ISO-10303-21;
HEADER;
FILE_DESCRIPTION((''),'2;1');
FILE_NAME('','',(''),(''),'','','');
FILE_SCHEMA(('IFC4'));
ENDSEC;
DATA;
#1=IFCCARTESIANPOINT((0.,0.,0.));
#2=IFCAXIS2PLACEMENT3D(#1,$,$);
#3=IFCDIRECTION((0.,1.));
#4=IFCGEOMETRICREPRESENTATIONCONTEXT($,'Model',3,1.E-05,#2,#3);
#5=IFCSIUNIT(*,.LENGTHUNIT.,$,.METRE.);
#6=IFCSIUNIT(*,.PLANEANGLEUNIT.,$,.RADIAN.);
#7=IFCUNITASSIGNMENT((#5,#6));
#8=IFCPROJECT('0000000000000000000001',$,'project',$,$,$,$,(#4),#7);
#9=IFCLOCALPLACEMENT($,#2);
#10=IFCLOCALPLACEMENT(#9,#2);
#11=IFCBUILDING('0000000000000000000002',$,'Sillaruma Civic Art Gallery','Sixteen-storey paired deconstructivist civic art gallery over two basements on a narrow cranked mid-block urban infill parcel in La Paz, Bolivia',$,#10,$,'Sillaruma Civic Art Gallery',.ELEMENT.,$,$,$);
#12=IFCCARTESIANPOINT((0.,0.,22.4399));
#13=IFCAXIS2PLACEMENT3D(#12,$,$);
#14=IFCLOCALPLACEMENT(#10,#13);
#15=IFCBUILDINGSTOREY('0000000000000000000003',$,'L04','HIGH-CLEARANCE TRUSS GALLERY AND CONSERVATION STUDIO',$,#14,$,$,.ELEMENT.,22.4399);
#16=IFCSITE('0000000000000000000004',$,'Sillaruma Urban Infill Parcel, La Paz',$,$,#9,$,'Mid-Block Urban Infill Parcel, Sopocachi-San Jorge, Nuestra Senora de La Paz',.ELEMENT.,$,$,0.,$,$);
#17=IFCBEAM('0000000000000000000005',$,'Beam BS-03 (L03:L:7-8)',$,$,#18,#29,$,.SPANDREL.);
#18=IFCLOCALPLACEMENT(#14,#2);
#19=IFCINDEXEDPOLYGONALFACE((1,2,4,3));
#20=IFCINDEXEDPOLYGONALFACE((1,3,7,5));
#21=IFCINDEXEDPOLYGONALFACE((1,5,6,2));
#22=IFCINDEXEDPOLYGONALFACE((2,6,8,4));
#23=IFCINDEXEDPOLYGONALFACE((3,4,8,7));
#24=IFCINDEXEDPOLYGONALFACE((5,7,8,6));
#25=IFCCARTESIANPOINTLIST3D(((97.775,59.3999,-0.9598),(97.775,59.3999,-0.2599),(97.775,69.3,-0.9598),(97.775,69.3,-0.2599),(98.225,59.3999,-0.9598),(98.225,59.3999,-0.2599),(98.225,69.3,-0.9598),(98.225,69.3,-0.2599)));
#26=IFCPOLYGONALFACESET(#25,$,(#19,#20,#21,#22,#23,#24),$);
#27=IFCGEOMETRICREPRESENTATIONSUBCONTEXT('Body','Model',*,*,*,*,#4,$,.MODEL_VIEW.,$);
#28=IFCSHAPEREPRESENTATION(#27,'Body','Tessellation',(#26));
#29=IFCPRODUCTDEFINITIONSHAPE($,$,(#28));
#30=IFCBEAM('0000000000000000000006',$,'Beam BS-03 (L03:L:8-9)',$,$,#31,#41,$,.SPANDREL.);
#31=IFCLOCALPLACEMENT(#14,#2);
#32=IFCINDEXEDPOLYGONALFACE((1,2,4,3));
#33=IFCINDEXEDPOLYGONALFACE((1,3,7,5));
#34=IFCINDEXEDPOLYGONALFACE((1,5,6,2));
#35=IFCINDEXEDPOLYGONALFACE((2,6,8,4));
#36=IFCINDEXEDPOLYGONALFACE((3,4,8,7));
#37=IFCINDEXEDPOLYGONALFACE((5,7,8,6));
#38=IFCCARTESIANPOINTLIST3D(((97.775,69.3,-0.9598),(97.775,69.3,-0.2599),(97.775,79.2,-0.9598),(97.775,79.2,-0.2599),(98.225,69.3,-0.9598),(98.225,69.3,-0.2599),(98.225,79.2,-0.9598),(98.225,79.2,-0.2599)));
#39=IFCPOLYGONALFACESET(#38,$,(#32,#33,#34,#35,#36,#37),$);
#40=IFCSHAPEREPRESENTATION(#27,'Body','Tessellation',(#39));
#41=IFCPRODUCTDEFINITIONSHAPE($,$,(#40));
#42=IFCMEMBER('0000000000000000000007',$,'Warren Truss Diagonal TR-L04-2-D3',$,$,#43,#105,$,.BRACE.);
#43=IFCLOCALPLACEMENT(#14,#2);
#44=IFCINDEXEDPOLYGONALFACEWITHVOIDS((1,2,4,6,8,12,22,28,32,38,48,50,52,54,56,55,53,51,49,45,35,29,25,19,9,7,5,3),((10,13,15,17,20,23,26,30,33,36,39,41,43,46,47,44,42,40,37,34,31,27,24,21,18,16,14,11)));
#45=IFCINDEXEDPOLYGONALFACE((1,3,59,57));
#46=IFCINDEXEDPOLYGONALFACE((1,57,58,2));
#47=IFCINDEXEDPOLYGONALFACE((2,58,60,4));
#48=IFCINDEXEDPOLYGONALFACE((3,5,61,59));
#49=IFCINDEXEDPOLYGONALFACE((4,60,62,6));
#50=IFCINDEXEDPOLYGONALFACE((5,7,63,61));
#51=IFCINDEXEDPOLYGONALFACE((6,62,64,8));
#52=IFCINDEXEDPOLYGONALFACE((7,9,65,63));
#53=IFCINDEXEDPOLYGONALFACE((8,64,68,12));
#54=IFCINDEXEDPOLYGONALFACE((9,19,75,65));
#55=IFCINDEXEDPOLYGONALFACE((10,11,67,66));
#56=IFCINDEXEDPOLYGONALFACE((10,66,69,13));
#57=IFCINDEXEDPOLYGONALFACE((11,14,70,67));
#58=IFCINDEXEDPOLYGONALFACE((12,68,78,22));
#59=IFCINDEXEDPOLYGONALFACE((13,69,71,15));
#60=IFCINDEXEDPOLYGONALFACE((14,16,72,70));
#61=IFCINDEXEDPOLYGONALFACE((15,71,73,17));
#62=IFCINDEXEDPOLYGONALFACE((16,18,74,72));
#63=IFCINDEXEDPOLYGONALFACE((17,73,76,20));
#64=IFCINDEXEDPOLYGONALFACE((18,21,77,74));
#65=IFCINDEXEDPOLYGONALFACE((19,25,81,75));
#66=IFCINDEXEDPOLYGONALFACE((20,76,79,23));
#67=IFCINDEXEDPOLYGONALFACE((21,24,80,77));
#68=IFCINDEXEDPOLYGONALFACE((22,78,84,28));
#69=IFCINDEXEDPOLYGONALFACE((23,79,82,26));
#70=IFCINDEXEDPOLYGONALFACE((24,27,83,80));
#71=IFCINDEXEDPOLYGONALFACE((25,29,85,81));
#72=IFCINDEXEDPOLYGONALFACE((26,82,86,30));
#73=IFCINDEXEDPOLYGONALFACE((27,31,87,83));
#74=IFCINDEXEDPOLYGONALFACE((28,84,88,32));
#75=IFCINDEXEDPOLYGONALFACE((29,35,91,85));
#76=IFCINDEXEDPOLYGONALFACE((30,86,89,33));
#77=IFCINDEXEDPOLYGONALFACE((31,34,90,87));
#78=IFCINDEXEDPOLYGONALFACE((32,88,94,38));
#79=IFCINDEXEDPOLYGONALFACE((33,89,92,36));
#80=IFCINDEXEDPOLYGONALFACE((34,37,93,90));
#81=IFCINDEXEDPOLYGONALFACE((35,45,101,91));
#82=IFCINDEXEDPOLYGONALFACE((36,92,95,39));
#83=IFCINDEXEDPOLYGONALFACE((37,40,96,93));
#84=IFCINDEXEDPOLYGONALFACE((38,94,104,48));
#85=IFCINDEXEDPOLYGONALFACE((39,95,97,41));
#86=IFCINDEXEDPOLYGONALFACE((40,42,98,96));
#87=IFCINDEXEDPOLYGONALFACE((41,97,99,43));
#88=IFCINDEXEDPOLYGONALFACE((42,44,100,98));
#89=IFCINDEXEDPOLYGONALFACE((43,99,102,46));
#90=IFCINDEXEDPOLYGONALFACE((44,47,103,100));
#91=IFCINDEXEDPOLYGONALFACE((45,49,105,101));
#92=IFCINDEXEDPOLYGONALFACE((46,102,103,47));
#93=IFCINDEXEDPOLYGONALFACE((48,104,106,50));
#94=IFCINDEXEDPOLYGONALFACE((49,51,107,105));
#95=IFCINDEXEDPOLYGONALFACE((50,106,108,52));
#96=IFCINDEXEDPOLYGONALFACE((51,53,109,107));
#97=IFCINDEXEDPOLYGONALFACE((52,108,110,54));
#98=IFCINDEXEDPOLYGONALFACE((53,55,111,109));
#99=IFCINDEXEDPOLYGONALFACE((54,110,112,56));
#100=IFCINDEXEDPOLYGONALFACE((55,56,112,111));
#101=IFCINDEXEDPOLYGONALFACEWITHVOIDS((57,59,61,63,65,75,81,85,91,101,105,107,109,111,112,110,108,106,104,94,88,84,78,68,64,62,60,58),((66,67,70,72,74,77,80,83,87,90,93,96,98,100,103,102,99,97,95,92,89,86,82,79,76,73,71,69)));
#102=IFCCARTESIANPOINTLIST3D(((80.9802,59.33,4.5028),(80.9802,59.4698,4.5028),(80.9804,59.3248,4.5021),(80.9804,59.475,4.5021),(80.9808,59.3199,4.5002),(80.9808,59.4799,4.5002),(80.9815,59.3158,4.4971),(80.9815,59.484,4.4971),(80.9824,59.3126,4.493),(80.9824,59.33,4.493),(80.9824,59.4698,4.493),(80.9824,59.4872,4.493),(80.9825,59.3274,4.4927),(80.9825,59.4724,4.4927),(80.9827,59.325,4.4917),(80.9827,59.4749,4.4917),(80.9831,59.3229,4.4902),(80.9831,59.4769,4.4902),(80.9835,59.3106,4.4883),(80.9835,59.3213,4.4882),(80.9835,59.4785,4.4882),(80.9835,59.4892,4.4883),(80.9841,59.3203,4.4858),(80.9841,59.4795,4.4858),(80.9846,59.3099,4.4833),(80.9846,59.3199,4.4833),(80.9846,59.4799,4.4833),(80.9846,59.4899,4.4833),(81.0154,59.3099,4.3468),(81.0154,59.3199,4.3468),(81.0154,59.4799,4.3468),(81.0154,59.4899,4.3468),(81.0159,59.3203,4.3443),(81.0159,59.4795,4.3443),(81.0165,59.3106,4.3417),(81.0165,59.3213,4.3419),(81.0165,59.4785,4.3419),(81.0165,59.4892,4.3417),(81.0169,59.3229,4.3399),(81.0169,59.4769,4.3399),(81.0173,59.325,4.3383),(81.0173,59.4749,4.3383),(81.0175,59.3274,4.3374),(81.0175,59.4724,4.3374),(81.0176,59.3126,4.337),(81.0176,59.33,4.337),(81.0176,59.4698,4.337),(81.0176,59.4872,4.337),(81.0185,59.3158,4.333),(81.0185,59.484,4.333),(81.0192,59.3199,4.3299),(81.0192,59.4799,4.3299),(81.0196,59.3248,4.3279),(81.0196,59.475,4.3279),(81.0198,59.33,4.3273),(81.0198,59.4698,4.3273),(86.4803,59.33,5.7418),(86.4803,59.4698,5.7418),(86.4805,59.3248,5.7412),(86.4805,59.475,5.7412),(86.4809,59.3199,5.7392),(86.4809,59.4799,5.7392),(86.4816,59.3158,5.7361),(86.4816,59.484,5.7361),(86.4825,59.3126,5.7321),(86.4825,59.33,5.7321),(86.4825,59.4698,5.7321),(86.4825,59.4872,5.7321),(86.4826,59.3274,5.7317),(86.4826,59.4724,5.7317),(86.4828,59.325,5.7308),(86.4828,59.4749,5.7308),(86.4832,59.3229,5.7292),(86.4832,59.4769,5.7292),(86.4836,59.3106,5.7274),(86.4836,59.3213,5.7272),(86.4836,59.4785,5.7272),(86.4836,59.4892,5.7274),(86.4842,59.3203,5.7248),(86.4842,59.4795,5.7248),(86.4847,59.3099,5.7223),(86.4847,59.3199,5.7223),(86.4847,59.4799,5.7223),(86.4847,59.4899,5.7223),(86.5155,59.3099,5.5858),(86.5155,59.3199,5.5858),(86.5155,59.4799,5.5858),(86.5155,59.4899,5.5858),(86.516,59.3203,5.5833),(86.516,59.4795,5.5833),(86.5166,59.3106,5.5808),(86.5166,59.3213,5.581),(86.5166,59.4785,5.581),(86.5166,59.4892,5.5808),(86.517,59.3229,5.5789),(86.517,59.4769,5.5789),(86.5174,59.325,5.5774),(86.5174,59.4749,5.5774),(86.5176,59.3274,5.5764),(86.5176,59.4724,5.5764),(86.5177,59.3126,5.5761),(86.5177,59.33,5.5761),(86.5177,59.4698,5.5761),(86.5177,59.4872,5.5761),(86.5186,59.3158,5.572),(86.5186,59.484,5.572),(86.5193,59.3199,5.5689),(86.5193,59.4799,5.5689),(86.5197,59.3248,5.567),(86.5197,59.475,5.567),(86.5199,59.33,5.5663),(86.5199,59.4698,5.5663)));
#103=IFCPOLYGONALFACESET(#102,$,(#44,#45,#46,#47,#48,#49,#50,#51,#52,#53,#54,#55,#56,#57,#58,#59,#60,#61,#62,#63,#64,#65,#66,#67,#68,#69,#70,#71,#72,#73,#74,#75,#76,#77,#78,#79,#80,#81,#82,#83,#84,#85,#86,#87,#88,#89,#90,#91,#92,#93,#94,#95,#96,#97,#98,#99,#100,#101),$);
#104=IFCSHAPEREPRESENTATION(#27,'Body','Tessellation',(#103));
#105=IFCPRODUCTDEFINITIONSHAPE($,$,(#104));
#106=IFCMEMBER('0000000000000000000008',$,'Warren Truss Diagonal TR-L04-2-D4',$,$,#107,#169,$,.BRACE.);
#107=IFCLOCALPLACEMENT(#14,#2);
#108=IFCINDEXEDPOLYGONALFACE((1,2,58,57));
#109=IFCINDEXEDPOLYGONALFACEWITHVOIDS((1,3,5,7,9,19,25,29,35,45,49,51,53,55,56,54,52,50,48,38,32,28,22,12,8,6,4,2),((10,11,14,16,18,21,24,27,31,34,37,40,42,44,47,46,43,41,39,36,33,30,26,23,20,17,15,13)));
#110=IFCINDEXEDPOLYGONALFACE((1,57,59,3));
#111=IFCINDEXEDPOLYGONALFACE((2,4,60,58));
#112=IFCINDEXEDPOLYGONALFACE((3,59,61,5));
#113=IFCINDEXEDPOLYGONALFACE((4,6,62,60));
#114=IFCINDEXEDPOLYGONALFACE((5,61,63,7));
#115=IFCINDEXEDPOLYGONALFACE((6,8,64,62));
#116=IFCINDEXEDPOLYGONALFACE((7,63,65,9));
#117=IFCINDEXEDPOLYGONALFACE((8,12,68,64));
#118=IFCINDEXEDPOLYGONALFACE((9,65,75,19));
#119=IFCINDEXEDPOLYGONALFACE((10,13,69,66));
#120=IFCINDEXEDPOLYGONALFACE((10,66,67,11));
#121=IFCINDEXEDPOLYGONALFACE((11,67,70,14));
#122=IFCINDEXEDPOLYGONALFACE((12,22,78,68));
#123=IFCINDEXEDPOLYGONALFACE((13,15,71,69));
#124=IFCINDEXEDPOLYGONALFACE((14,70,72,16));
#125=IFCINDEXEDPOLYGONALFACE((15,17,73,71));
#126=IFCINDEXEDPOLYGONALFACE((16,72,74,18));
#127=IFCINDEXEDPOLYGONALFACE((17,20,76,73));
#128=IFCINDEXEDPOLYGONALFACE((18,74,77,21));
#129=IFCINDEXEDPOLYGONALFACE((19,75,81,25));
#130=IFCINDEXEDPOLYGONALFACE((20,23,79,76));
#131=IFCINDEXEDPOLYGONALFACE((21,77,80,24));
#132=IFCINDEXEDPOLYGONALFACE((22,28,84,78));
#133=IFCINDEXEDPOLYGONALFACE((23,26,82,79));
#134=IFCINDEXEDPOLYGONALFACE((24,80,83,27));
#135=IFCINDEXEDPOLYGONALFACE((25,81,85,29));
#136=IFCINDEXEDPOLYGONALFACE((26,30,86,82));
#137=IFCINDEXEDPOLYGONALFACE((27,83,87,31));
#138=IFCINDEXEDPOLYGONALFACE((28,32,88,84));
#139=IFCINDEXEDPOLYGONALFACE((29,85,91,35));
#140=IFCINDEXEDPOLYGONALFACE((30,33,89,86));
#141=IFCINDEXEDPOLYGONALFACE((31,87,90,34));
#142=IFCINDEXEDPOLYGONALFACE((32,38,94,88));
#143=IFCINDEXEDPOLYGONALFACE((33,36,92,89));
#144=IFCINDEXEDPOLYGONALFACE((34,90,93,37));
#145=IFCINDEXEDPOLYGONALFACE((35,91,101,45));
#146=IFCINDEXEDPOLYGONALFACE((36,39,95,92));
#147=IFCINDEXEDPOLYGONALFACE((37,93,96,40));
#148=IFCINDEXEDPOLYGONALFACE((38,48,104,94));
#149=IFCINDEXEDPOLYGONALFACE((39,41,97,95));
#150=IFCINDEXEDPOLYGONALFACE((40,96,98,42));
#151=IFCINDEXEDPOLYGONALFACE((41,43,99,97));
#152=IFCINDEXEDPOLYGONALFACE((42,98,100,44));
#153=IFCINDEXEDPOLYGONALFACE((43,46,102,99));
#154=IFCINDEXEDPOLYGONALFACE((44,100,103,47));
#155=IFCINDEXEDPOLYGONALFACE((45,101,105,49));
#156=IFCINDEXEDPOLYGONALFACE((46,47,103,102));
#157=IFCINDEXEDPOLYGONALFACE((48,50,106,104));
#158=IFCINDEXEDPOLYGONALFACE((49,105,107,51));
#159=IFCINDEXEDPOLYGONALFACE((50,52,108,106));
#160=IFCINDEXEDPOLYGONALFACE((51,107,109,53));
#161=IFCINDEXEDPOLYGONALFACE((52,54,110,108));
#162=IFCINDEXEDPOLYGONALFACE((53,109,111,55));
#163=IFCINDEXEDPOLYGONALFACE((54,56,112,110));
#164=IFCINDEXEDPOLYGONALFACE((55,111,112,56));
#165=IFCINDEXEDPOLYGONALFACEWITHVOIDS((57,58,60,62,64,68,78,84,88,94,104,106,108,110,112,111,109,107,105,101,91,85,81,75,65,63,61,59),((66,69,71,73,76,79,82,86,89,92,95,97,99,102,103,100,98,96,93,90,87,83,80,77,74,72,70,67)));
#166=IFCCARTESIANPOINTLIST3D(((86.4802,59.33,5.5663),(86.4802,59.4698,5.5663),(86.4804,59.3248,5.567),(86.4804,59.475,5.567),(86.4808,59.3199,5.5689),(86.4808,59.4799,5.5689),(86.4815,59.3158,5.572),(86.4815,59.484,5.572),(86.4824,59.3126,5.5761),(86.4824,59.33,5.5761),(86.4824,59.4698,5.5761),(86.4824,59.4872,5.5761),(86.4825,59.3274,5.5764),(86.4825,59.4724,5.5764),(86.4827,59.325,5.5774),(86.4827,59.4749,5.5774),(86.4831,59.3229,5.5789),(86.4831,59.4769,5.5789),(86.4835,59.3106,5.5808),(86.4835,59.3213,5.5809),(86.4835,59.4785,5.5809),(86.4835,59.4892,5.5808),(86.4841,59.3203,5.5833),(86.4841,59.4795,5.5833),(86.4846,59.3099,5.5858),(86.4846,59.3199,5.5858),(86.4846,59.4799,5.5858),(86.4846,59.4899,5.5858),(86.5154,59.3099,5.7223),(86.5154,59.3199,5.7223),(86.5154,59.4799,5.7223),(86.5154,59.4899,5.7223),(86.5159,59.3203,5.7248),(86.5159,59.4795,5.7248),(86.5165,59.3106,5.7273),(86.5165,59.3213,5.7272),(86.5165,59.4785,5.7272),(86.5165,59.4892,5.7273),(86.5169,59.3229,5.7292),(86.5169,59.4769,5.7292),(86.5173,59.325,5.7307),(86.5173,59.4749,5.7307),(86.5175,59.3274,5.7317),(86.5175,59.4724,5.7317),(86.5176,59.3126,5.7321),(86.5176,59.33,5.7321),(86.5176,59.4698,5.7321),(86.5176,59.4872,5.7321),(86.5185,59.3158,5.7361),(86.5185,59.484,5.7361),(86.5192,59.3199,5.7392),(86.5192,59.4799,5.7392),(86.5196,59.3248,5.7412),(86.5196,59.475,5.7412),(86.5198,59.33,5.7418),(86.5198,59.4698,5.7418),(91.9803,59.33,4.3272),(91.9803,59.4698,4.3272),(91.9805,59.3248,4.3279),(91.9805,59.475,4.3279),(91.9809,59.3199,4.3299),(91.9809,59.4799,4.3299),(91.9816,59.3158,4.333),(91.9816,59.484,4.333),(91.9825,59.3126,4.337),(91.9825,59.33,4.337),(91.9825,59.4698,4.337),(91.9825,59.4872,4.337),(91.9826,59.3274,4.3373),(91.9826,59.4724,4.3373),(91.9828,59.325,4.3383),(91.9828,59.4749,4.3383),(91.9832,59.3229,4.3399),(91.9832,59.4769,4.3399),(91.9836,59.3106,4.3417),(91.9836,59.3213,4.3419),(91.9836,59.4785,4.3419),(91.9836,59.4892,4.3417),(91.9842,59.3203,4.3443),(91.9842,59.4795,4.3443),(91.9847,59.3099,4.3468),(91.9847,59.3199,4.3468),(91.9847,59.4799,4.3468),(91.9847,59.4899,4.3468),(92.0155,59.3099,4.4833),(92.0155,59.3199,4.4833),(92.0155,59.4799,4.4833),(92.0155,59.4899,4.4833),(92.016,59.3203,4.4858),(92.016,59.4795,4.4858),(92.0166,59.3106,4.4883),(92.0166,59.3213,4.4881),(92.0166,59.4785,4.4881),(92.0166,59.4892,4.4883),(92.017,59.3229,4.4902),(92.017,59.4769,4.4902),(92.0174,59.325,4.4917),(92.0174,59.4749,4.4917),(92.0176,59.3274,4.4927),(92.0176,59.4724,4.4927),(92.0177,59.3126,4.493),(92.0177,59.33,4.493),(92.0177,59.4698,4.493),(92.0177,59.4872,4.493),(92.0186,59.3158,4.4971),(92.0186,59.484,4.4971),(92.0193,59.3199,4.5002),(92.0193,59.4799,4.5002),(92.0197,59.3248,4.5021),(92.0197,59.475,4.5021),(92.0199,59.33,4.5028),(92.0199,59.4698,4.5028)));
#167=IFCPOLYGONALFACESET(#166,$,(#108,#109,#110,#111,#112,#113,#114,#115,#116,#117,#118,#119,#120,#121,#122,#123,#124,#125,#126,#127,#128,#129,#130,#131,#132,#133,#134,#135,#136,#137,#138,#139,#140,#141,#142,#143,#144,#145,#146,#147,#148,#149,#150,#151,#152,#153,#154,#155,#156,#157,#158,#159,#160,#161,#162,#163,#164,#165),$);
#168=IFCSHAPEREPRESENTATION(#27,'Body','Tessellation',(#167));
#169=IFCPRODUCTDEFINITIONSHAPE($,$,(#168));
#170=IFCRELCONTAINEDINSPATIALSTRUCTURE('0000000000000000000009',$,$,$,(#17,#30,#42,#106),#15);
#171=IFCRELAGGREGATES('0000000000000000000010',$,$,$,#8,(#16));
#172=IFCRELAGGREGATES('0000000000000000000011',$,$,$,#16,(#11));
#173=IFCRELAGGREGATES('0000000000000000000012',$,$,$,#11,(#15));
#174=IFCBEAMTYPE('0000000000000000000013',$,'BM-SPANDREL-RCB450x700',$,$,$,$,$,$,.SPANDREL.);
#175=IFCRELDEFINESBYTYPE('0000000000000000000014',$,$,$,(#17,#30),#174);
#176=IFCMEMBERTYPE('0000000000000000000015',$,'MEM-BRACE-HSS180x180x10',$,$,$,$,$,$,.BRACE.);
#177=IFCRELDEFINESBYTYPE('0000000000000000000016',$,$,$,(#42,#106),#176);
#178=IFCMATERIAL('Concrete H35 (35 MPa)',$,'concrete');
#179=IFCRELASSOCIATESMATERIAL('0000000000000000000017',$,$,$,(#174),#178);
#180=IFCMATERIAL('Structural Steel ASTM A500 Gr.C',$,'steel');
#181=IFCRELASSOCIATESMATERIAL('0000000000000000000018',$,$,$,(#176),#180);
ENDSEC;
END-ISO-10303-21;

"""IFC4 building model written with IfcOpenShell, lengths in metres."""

from ifc_helpers import new_model, si_unit, direction, frame, origin, origin_2d, place, context, subcontext, project, spatial, rectangle, hollow_rectangle, extrude, material, material_profile, profile_set, type_object, element, save


model = new_model("IFC4")

# Units and contexts
model_context = context("Model", 3, precision=1e-05, world=origin(), true_north=direction((0.0, 1.0)))
body_context = subcontext(model_context, "Body", "Model", "MODEL_VIEW")
ifc_project = project(units=[si_unit("LENGTHUNIT", "METRE"), si_unit("PLANEANGLEUNIT", "RADIAN")], contexts=[model_context])

# Site, building, storey
site_placement = place(None, origin())
site = spatial("IfcSite", under=ifc_project, at=site_placement, Name="Sillaruma Urban Infill Parcel, La Paz", LongName="Mid-Block Urban Infill Parcel, Sopocachi-San Jorge, Nuestra Senora de La Paz", CompositionType="ELEMENT", RefElevation=0.0)
building_placement = place(site_placement, origin())
building = spatial("IfcBuilding", under=site, at=building_placement, Name="Sillaruma Civic Art Gallery", Description="Sixteen-storey paired deconstructivist civic art gallery over two basements on a narrow cranked mid-block urban infill parcel in La Paz, Bolivia", LongName="Sillaruma Civic Art Gallery", CompositionType="ELEMENT")
storey_placement = place(building_placement, frame((0.0, 0.0, 22.4399)))
storey = spatial("IfcBuildingStorey", under=building, at=storey_placement, Name="L04", Description="HIGH-CLEARANCE TRUSS GALLERY AND CONSERVATION STUDIO", CompositionType="ELEMENT", Elevation=22.4399)

# Beams
ifc_material_1 = material(Name="Concrete H35 (35 MPa)", Category="concrete")
ifc_material_2 = material(Name="Structural Steel ASTM A500 Gr.C", Category="steel")
ifc_material_profile_1 = material_profile(ifc_material_1, rectangle(XDim=0.45, YDim=0.7, at=origin_2d()), Name="RCB450x700")
ifc_profile_set_1 = profile_set([ifc_material_profile_1], Name="Concrete H35 (35 MPa)")
beam_type_1 = type_object("IfcBeamType", Name="BM-SPANDREL-RCB450x700", PredefinedType="SPANDREL", material=ifc_profile_set_1)
beam_1_placement = place(storey_placement, frame((98.0, 59.3999, -0.6099), z_axis=(0.0, 1.0, 0.0), x_axis=(-1.0, 0.0, 0.0)))
element("IfcBeam", 1, at=beam_1_placement, inside=storey, type_object=beam_type_1, Name="Beam BS-03 (L03:L:7-8)", PredefinedType="SPANDREL", context=body_context, shape_type="SweptSolid", body=[
    extrude(rectangle(XDim=0.45, YDim=0.7, at=origin_2d()), origin(), (0.0, 0.0, 1.0), 9.9001),
])
beam_2_placement = place(storey_placement, frame((98.0, 69.3, -0.6099), z_axis=(0.0, 1.0, 0.0), x_axis=(-1.0, 0.0, 0.0)))
element("IfcBeam", 2, at=beam_2_placement, inside=storey, type_object=beam_type_1, Name="Beam BS-03 (L03:L:8-9)", PredefinedType="SPANDREL", context=body_context, shape_type="SweptSolid", body=[
    extrude(rectangle(XDim=0.45, YDim=0.7, at=origin_2d()), origin(), (0.0, 0.0, 1.0), 9.8999),
])

# Members
ifc_material_profile_2 = material_profile(ifc_material_2, hollow_rectangle(XDim=0.1799, YDim=0.1799, WallThickness=0.01, InnerFilletRadius=0.01, OuterFilletRadius=0.02, at=origin_2d()), Name="HSS180x180x10")
ifc_profile_set_2 = profile_set([ifc_material_profile_2], Name="Structural Steel ASTM A500 Gr.C")
member_type_1 = type_object("IfcMemberType", Name="MEM-BRACE-HSS180x180x10", PredefinedType="BRACE", material=ifc_profile_set_2)
for number, where, z_axis, x_axis, name in (
    (3, (81.0, 59.3999, 4.415), (0.975552, 0.0, 0.219768), (0.0, 1.0, 0.0), "Warren Truss Diagonal TR-L04-2-D3"),
    (4, (86.5, 59.3999, 5.6541), (0.975552, 0.0, -0.219768), (0.0, 1.0, 0.0), "Warren Truss Diagonal TR-L04-2-D4"),
):
    element("IfcMember", number, at=place(storey_placement, frame(where, z_axis=z_axis, x_axis=x_axis)), inside=storey, type_object=member_type_1, Name=name, PredefinedType="BRACE", context=body_context, shape_type="SweptSolid", body=[
        extrude(hollow_rectangle(XDim=0.1799, YDim=0.1799, WallThickness=0.01, InnerFilletRadius=0.01, OuterFilletRadius=0.02, at=origin_2d()), origin(), (0.0, 0.0, 1.0), 5.6379),
    ])

save(model, "model.ifc")
